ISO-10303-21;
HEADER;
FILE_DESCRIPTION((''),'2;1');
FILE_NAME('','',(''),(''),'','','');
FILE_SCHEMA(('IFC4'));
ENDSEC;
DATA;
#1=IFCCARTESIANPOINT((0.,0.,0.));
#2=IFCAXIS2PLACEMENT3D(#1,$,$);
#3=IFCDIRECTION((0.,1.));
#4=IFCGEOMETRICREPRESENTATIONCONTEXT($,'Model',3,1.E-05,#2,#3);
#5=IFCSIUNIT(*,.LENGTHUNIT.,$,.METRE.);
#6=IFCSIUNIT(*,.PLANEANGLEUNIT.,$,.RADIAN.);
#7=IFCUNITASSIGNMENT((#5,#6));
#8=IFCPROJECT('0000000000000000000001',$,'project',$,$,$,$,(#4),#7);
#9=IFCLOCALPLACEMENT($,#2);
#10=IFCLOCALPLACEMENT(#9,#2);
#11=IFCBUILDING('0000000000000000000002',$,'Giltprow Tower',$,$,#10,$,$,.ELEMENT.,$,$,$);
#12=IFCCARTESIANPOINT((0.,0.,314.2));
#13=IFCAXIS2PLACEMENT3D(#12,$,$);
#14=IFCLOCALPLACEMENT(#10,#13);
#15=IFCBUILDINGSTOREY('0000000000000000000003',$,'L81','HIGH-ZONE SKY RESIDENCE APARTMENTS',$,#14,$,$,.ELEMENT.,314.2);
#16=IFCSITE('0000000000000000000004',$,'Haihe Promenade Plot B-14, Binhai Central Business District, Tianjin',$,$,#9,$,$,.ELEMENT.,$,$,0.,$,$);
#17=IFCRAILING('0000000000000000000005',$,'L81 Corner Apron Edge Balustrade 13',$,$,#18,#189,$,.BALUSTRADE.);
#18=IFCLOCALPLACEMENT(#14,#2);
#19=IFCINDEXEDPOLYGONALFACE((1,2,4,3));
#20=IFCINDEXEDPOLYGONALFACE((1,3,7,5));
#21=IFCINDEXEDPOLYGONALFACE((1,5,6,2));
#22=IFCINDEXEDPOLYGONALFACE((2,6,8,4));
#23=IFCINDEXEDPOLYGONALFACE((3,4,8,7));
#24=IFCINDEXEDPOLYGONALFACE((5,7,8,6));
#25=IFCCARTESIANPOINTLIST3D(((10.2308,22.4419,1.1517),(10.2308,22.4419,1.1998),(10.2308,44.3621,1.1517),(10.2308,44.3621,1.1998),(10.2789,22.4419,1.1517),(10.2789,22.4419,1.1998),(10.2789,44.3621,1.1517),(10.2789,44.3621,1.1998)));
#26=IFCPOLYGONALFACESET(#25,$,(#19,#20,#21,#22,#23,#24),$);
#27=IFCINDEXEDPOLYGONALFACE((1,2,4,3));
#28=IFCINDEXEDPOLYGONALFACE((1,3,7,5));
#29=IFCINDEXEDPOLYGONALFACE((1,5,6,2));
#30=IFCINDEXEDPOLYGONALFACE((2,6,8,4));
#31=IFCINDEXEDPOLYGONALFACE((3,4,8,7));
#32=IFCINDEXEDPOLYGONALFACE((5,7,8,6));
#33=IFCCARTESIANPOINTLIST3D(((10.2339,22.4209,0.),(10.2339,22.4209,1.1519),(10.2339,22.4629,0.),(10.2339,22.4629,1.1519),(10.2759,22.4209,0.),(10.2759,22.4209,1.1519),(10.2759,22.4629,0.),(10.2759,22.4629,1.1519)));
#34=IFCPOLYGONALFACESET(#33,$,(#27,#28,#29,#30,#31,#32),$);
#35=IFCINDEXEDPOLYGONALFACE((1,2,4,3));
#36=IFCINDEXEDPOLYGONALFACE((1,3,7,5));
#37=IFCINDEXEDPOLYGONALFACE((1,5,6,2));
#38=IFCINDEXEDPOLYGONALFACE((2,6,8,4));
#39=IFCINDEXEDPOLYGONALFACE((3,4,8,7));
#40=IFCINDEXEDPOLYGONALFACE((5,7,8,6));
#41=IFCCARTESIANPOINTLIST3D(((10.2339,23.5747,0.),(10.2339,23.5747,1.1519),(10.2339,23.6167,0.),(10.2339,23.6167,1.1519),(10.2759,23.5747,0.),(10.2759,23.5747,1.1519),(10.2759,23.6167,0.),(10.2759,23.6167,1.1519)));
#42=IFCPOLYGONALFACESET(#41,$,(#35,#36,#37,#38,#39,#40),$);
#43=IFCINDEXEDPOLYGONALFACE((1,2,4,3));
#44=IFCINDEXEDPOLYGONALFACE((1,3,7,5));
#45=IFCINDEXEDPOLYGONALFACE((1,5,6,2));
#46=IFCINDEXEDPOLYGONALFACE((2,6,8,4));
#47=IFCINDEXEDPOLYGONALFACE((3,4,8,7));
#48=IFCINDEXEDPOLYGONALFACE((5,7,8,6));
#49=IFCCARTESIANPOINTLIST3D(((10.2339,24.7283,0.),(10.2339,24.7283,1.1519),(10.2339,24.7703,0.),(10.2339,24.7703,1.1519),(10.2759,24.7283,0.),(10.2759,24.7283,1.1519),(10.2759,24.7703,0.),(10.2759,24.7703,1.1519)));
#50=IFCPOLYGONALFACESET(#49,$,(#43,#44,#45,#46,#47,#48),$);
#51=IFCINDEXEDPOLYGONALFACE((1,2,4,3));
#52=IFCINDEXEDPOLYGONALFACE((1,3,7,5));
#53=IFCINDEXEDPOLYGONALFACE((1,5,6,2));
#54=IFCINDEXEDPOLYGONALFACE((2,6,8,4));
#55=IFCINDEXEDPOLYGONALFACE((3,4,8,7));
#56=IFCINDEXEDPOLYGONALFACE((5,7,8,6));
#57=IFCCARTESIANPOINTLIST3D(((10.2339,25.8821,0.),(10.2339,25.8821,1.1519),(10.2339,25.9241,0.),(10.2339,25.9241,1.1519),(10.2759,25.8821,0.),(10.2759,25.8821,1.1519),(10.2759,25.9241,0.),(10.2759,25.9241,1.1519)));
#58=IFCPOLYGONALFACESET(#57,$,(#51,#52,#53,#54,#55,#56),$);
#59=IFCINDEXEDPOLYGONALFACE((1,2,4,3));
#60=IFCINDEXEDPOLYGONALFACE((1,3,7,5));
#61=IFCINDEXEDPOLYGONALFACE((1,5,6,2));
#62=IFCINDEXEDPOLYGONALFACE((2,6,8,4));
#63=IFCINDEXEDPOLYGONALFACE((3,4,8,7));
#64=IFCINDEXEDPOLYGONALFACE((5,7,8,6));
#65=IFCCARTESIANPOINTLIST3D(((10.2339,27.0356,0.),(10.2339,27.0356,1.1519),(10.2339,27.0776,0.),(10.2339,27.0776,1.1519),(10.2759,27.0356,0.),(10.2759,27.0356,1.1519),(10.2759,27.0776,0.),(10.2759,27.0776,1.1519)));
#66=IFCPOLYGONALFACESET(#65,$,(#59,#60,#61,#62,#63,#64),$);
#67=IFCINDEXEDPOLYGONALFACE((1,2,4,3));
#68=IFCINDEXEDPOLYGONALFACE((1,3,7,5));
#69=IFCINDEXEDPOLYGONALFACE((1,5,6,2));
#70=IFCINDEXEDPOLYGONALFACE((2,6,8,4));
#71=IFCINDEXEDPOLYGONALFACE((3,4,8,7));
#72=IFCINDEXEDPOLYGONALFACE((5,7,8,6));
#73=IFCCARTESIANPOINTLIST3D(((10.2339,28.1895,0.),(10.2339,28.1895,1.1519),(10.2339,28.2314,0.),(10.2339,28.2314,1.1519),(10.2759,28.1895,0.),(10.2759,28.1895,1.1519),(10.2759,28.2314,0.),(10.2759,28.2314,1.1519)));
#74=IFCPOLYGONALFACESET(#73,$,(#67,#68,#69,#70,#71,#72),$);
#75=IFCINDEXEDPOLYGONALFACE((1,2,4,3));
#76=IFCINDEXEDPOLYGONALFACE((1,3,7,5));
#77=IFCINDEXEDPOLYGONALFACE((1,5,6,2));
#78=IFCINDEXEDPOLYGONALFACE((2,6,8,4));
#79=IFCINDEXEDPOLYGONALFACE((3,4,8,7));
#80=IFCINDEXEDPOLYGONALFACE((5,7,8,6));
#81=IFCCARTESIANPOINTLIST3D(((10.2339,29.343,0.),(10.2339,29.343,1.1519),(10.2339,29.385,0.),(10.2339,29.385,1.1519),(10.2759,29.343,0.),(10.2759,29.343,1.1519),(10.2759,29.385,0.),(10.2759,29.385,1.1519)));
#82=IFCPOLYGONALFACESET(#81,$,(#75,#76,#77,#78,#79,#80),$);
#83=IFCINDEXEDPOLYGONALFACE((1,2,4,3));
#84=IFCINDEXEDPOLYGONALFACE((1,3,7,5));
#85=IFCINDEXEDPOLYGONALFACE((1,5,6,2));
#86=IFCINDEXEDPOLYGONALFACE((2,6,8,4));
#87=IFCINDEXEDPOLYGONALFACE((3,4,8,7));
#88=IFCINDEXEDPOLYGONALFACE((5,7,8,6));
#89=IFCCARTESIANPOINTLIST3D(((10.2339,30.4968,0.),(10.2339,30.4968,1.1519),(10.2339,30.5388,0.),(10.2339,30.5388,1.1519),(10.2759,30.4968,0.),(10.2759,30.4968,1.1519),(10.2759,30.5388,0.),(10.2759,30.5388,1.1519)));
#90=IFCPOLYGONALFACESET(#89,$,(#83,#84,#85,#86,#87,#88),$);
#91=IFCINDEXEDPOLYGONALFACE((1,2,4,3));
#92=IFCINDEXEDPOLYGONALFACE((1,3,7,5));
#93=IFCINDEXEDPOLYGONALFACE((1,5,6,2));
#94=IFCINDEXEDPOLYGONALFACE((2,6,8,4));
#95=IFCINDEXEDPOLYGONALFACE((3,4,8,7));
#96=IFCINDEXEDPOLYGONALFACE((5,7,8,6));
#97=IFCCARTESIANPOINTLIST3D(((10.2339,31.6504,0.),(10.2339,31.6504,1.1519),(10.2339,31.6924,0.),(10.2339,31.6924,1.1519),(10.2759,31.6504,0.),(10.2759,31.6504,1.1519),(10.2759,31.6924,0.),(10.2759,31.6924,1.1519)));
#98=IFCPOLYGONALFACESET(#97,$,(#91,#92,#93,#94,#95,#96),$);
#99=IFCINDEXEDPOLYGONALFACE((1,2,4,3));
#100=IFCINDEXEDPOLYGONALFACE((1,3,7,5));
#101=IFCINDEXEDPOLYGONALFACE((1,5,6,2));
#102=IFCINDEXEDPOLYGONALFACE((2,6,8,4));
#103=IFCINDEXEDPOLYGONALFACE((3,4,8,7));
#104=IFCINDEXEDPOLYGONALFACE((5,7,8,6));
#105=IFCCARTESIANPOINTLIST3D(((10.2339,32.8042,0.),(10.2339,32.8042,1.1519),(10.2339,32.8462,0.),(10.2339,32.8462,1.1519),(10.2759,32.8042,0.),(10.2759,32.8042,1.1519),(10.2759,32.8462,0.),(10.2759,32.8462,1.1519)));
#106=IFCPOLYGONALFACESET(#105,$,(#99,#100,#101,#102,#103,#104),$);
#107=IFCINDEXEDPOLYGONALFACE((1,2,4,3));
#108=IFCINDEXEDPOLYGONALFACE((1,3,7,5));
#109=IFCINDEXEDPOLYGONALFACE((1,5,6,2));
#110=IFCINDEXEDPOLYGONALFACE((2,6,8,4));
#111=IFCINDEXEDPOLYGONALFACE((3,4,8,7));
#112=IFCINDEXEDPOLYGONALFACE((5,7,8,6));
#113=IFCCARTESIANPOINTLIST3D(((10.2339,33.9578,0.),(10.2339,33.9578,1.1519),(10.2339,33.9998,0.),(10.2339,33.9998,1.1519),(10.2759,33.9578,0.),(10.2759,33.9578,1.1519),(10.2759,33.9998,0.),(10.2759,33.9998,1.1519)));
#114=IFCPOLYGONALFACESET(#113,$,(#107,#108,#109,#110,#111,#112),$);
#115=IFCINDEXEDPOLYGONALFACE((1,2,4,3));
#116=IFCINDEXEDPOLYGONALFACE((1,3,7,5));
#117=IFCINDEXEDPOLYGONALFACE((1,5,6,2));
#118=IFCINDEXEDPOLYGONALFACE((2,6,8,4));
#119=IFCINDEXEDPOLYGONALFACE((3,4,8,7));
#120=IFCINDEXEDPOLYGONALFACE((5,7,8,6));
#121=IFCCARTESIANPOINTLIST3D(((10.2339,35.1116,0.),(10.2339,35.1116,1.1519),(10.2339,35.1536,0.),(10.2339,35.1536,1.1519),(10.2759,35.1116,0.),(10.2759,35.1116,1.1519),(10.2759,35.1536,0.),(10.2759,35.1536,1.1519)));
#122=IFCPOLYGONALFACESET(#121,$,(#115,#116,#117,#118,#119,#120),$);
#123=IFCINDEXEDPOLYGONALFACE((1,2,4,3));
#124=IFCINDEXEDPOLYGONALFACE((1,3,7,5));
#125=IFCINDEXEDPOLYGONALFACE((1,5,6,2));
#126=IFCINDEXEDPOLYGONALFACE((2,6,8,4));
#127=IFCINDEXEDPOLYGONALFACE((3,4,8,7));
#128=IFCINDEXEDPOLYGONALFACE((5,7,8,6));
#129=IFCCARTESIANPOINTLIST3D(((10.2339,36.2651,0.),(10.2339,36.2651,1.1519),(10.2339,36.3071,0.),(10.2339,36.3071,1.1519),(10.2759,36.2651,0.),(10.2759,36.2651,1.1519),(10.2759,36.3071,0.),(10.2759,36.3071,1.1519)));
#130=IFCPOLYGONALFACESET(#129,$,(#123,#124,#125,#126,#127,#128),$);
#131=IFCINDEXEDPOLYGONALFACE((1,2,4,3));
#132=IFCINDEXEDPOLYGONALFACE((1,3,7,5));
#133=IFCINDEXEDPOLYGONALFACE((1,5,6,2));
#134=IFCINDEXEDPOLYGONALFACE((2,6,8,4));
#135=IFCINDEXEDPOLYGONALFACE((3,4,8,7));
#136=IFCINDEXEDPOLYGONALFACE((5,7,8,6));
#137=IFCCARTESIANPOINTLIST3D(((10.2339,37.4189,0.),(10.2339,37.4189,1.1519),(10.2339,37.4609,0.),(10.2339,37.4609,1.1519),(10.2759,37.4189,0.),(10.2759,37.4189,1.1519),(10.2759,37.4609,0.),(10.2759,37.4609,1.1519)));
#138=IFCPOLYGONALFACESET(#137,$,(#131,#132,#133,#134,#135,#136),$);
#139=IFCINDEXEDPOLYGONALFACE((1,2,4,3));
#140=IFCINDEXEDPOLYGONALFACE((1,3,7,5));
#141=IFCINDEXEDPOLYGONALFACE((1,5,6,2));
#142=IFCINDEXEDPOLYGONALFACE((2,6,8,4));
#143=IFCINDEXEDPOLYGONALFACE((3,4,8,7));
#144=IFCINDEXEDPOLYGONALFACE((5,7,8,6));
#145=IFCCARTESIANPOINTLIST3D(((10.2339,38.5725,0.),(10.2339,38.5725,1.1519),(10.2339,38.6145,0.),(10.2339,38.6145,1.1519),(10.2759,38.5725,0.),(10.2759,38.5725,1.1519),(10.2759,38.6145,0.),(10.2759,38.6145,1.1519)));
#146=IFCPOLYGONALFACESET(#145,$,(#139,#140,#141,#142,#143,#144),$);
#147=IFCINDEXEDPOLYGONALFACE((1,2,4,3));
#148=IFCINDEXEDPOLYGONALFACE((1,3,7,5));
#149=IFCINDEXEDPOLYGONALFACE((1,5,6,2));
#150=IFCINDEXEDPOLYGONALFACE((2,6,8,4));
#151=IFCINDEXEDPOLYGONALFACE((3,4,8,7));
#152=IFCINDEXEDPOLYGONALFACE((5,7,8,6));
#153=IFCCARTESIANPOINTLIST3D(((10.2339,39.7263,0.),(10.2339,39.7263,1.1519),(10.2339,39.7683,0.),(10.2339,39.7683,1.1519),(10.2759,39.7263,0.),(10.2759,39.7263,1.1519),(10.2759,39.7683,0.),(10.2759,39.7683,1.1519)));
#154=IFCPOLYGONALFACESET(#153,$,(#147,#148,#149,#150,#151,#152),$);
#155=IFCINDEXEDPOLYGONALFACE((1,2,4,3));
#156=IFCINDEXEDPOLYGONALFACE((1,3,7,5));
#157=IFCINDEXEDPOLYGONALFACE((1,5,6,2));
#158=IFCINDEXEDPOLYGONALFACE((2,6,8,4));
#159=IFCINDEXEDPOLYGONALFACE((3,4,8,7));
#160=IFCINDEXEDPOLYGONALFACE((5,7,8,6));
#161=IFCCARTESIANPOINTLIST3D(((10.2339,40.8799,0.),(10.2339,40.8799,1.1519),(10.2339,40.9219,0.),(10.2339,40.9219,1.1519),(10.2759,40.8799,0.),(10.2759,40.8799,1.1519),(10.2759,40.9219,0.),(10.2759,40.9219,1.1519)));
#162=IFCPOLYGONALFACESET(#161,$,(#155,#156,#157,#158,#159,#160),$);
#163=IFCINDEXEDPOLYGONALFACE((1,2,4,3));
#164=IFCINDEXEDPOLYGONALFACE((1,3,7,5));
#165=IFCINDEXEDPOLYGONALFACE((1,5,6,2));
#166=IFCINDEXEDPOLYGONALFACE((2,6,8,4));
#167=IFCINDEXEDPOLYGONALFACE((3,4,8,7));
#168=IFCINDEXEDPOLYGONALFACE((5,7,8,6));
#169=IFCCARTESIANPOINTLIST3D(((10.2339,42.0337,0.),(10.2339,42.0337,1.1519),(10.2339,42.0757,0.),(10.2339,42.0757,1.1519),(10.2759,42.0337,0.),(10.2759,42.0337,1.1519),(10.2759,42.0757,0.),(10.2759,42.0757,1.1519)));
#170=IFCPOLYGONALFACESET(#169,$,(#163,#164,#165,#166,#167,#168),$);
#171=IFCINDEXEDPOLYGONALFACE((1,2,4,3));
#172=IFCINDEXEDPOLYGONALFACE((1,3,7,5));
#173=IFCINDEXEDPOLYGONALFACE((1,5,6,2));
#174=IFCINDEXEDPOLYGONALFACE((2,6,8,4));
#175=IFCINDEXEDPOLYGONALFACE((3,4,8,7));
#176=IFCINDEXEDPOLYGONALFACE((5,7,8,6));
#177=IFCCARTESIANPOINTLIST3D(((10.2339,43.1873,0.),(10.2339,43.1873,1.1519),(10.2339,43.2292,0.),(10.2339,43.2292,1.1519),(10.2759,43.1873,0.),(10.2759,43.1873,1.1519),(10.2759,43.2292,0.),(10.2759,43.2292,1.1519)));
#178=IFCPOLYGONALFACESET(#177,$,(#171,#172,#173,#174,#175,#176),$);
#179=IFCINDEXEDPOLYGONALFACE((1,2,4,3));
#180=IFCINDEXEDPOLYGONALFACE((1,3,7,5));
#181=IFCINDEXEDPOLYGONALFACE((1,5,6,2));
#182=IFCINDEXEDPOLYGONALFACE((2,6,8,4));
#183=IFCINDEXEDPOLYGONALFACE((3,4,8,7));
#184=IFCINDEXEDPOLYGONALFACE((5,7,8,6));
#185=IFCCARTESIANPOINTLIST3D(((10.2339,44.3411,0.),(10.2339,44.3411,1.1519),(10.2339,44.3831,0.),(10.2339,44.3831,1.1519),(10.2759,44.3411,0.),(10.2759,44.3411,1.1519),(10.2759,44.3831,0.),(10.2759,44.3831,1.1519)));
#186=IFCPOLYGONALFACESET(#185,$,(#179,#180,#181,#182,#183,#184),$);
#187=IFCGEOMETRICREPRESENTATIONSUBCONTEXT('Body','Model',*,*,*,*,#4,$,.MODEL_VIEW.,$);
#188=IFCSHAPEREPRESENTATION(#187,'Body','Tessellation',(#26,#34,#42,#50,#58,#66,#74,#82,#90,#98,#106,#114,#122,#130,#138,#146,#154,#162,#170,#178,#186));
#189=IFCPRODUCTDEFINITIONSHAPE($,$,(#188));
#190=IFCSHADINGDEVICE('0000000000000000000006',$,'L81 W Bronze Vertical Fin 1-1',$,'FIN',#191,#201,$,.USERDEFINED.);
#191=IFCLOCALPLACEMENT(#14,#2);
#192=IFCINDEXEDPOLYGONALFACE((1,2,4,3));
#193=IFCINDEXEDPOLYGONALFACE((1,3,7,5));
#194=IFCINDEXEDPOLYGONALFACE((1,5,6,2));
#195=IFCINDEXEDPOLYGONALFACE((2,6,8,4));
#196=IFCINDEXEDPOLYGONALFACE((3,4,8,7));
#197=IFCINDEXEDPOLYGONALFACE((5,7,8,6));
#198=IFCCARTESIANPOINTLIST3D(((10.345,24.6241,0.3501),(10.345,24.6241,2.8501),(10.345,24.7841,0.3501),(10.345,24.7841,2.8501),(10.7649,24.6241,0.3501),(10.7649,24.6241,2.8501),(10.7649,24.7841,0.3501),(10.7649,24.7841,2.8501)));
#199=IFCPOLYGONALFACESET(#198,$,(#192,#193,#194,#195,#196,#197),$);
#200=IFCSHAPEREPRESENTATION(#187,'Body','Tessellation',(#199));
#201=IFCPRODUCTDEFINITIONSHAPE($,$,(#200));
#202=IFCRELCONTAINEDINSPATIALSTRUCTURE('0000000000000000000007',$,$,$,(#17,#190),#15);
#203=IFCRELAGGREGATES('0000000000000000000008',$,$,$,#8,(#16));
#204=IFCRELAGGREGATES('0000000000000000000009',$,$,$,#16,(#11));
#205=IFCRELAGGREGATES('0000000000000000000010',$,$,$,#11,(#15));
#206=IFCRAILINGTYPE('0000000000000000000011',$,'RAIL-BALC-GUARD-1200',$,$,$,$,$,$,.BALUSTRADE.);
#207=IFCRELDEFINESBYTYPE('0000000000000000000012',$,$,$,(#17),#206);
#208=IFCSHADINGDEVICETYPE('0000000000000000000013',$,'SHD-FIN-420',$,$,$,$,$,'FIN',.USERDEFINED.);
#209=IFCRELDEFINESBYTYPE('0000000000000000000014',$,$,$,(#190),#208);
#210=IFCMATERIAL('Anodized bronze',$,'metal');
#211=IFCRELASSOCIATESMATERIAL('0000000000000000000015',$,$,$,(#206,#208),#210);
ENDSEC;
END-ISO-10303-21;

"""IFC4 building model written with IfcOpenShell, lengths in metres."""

from ifc_helpers import new_model, si_unit, direction, frame, origin, origin_2d, place, context, subcontext, project, spatial, rectangle, extrude, source, transform, mapped, material, type_object, element, save


model = new_model("IFC4")

# Units and contexts
model_context = context("Model", 3, precision=1e-05, world=origin(), true_north=direction((0.0, 1.0)))
body_context = subcontext(model_context, "Body", "Model", "MODEL_VIEW")
ifc_project = project(units=[si_unit("LENGTHUNIT", "METRE"), si_unit("PLANEANGLEUNIT", "RADIAN")], contexts=[model_context])

# Site, building, storey
site_placement = place(None, origin())
site = spatial("IfcSite", under=ifc_project, at=site_placement, Name="Haihe Promenade Plot B-14, Binhai Central Business District, Tianjin", CompositionType="ELEMENT", RefElevation=0.0)
building_placement = place(site_placement, origin())
building = spatial("IfcBuilding", under=site, at=building_placement, Name="Giltprow Tower", CompositionType="ELEMENT")
storey_placement = place(building_placement, frame((0.0, 0.0, 314.2)))
storey = spatial("IfcBuildingStorey", under=building, at=storey_placement, Name="L81", Description="HIGH-ZONE SKY RESIDENCE APARTMENTS", CompositionType="ELEMENT", Elevation=314.2)

# Railing
ifc_material_1 = material(Name="Anodized bronze", Category="metal")
railing_type = type_object("IfcRailingType", Name="RAIL-BALC-GUARD-1200", PredefinedType="BALUSTRADE", material=ifc_material_1)
railing_1_placement = place(storey_placement, frame((10.2549, 22.4419, 0.0)))
element("IfcRailing", 1, at=railing_1_placement, inside=storey, type_object=railing_type, Name="L81 Corner Apron Edge Balustrade 13", PredefinedType="BALUSTRADE", context=body_context, shape_type="SweptSolid", body=[
    extrude(rectangle(XDim=0.0481, YDim=0.0481, at=origin_2d()), frame((0.0, 0.0, 1.1758), z_axis=(0.0, 1.0, 0.0), x_axis=(-1.0, 0.0, 0.0)), (0.0, 0.0, 1.0), 21.9202),
    extrude(rectangle(XDim=0.042, YDim=0.042, at=origin_2d()), origin(), (0.0, 0.0, 1.0), 1.1519),
    extrude(rectangle(XDim=0.042, YDim=0.042, at=origin_2d()), frame((0.0, 1.1538, 0.0)), (0.0, 0.0, 1.0), 1.1519),
    extrude(rectangle(XDim=0.042, YDim=0.042, at=origin_2d()), frame((0.0, 2.3074, 0.0)), (0.0, 0.0, 1.0), 1.1519),
    extrude(rectangle(XDim=0.042, YDim=0.042, at=origin_2d()), frame((0.0, 3.4612, 0.0)), (0.0, 0.0, 1.0), 1.1519),
    extrude(rectangle(XDim=0.042, YDim=0.042, at=origin_2d()), frame((0.0, 4.6147, 0.0)), (0.0, 0.0, 1.0), 1.1519),
    extrude(rectangle(XDim=0.042, YDim=0.042, at=origin_2d()), frame((0.0, 5.7686, 0.0)), (0.0, 0.0, 1.0), 1.1519),
    extrude(rectangle(XDim=0.042, YDim=0.042, at=origin_2d()), frame((0.0, 6.9221, 0.0)), (0.0, 0.0, 1.0), 1.1519),
    extrude(rectangle(XDim=0.042, YDim=0.042, at=origin_2d()), frame((0.0, 8.0759, 0.0)), (0.0, 0.0, 1.0), 1.1519),
    extrude(rectangle(XDim=0.042, YDim=0.042, at=origin_2d()), frame((0.0, 9.2295, 0.0)), (0.0, 0.0, 1.0), 1.1519),
    extrude(rectangle(XDim=0.042, YDim=0.042, at=origin_2d()), frame((0.0, 10.3833, 0.0)), (0.0, 0.0, 1.0), 1.1519),
    extrude(rectangle(XDim=0.042, YDim=0.042, at=origin_2d()), frame((0.0, 11.5369, 0.0)), (0.0, 0.0, 1.0), 1.1519),
    extrude(rectangle(XDim=0.042, YDim=0.042, at=origin_2d()), frame((0.0, 12.6907, 0.0)), (0.0, 0.0, 1.0), 1.1519),
    extrude(rectangle(XDim=0.042, YDim=0.042, at=origin_2d()), frame((0.0, 13.8442, 0.0)), (0.0, 0.0, 1.0), 1.1519),
    extrude(rectangle(XDim=0.042, YDim=0.042, at=origin_2d()), frame((0.0, 14.998, 0.0)), (0.0, 0.0, 1.0), 1.1519),
    extrude(rectangle(XDim=0.042, YDim=0.042, at=origin_2d()), frame((0.0, 16.1516, 0.0)), (0.0, 0.0, 1.0), 1.1519),
    extrude(rectangle(XDim=0.042, YDim=0.042, at=origin_2d()), frame((0.0, 17.3054, 0.0)), (0.0, 0.0, 1.0), 1.1519),
    extrude(rectangle(XDim=0.042, YDim=0.042, at=origin_2d()), frame((0.0, 18.459, 0.0)), (0.0, 0.0, 1.0), 1.1519),
    extrude(rectangle(XDim=0.042, YDim=0.042, at=origin_2d()), frame((0.0, 19.6128, 0.0)), (0.0, 0.0, 1.0), 1.1519),
    extrude(rectangle(XDim=0.042, YDim=0.042, at=origin_2d()), frame((0.0, 20.7664, 0.0)), (0.0, 0.0, 1.0), 1.1519),
    extrude(rectangle(XDim=0.042, YDim=0.042, at=origin_2d()), frame((0.0, 21.9202, 0.0)), (0.0, 0.0, 1.0), 1.1519),
])

# Shading device
shading_device_type = type_object("IfcShadingDeviceType", Name="SHD-FIN-420", ElementType="FIN", PredefinedType="USERDEFINED", material=ifc_material_1)
shared_shape_1 = source(origin(), body_context, "Body", "SweptSolid", [
    extrude(rectangle(XDim=0.4199, YDim=0.1599, at=origin_2d()), origin(), (0.0, 0.0, 1.0), 2.5),
])
shading_device_placement = place(storey_placement, frame((10.5549, 24.7041, 0.3501), z_axis=(0.0, 0.0, 1.0), x_axis=(1.0, 0.0, 0.0)))
element("IfcShadingDevice", 2, at=shading_device_placement, inside=storey, type_object=shading_device_type, Name="L81 W Bronze Vertical Fin 1-1", ObjectType="FIN", PredefinedType="USERDEFINED", context=body_context, shape_type="MappedRepresentation", body=[
    mapped(shared_shape_1, transform((0.0, 0.0, 0.0), x_axis=(1.0, 0.0, 0.0), y_axis=(0.0, 1.0, 0.0), z_axis=(0.0, 0.0, 1.0), scale=1.0)),
])

save(model, "model.ifc")
